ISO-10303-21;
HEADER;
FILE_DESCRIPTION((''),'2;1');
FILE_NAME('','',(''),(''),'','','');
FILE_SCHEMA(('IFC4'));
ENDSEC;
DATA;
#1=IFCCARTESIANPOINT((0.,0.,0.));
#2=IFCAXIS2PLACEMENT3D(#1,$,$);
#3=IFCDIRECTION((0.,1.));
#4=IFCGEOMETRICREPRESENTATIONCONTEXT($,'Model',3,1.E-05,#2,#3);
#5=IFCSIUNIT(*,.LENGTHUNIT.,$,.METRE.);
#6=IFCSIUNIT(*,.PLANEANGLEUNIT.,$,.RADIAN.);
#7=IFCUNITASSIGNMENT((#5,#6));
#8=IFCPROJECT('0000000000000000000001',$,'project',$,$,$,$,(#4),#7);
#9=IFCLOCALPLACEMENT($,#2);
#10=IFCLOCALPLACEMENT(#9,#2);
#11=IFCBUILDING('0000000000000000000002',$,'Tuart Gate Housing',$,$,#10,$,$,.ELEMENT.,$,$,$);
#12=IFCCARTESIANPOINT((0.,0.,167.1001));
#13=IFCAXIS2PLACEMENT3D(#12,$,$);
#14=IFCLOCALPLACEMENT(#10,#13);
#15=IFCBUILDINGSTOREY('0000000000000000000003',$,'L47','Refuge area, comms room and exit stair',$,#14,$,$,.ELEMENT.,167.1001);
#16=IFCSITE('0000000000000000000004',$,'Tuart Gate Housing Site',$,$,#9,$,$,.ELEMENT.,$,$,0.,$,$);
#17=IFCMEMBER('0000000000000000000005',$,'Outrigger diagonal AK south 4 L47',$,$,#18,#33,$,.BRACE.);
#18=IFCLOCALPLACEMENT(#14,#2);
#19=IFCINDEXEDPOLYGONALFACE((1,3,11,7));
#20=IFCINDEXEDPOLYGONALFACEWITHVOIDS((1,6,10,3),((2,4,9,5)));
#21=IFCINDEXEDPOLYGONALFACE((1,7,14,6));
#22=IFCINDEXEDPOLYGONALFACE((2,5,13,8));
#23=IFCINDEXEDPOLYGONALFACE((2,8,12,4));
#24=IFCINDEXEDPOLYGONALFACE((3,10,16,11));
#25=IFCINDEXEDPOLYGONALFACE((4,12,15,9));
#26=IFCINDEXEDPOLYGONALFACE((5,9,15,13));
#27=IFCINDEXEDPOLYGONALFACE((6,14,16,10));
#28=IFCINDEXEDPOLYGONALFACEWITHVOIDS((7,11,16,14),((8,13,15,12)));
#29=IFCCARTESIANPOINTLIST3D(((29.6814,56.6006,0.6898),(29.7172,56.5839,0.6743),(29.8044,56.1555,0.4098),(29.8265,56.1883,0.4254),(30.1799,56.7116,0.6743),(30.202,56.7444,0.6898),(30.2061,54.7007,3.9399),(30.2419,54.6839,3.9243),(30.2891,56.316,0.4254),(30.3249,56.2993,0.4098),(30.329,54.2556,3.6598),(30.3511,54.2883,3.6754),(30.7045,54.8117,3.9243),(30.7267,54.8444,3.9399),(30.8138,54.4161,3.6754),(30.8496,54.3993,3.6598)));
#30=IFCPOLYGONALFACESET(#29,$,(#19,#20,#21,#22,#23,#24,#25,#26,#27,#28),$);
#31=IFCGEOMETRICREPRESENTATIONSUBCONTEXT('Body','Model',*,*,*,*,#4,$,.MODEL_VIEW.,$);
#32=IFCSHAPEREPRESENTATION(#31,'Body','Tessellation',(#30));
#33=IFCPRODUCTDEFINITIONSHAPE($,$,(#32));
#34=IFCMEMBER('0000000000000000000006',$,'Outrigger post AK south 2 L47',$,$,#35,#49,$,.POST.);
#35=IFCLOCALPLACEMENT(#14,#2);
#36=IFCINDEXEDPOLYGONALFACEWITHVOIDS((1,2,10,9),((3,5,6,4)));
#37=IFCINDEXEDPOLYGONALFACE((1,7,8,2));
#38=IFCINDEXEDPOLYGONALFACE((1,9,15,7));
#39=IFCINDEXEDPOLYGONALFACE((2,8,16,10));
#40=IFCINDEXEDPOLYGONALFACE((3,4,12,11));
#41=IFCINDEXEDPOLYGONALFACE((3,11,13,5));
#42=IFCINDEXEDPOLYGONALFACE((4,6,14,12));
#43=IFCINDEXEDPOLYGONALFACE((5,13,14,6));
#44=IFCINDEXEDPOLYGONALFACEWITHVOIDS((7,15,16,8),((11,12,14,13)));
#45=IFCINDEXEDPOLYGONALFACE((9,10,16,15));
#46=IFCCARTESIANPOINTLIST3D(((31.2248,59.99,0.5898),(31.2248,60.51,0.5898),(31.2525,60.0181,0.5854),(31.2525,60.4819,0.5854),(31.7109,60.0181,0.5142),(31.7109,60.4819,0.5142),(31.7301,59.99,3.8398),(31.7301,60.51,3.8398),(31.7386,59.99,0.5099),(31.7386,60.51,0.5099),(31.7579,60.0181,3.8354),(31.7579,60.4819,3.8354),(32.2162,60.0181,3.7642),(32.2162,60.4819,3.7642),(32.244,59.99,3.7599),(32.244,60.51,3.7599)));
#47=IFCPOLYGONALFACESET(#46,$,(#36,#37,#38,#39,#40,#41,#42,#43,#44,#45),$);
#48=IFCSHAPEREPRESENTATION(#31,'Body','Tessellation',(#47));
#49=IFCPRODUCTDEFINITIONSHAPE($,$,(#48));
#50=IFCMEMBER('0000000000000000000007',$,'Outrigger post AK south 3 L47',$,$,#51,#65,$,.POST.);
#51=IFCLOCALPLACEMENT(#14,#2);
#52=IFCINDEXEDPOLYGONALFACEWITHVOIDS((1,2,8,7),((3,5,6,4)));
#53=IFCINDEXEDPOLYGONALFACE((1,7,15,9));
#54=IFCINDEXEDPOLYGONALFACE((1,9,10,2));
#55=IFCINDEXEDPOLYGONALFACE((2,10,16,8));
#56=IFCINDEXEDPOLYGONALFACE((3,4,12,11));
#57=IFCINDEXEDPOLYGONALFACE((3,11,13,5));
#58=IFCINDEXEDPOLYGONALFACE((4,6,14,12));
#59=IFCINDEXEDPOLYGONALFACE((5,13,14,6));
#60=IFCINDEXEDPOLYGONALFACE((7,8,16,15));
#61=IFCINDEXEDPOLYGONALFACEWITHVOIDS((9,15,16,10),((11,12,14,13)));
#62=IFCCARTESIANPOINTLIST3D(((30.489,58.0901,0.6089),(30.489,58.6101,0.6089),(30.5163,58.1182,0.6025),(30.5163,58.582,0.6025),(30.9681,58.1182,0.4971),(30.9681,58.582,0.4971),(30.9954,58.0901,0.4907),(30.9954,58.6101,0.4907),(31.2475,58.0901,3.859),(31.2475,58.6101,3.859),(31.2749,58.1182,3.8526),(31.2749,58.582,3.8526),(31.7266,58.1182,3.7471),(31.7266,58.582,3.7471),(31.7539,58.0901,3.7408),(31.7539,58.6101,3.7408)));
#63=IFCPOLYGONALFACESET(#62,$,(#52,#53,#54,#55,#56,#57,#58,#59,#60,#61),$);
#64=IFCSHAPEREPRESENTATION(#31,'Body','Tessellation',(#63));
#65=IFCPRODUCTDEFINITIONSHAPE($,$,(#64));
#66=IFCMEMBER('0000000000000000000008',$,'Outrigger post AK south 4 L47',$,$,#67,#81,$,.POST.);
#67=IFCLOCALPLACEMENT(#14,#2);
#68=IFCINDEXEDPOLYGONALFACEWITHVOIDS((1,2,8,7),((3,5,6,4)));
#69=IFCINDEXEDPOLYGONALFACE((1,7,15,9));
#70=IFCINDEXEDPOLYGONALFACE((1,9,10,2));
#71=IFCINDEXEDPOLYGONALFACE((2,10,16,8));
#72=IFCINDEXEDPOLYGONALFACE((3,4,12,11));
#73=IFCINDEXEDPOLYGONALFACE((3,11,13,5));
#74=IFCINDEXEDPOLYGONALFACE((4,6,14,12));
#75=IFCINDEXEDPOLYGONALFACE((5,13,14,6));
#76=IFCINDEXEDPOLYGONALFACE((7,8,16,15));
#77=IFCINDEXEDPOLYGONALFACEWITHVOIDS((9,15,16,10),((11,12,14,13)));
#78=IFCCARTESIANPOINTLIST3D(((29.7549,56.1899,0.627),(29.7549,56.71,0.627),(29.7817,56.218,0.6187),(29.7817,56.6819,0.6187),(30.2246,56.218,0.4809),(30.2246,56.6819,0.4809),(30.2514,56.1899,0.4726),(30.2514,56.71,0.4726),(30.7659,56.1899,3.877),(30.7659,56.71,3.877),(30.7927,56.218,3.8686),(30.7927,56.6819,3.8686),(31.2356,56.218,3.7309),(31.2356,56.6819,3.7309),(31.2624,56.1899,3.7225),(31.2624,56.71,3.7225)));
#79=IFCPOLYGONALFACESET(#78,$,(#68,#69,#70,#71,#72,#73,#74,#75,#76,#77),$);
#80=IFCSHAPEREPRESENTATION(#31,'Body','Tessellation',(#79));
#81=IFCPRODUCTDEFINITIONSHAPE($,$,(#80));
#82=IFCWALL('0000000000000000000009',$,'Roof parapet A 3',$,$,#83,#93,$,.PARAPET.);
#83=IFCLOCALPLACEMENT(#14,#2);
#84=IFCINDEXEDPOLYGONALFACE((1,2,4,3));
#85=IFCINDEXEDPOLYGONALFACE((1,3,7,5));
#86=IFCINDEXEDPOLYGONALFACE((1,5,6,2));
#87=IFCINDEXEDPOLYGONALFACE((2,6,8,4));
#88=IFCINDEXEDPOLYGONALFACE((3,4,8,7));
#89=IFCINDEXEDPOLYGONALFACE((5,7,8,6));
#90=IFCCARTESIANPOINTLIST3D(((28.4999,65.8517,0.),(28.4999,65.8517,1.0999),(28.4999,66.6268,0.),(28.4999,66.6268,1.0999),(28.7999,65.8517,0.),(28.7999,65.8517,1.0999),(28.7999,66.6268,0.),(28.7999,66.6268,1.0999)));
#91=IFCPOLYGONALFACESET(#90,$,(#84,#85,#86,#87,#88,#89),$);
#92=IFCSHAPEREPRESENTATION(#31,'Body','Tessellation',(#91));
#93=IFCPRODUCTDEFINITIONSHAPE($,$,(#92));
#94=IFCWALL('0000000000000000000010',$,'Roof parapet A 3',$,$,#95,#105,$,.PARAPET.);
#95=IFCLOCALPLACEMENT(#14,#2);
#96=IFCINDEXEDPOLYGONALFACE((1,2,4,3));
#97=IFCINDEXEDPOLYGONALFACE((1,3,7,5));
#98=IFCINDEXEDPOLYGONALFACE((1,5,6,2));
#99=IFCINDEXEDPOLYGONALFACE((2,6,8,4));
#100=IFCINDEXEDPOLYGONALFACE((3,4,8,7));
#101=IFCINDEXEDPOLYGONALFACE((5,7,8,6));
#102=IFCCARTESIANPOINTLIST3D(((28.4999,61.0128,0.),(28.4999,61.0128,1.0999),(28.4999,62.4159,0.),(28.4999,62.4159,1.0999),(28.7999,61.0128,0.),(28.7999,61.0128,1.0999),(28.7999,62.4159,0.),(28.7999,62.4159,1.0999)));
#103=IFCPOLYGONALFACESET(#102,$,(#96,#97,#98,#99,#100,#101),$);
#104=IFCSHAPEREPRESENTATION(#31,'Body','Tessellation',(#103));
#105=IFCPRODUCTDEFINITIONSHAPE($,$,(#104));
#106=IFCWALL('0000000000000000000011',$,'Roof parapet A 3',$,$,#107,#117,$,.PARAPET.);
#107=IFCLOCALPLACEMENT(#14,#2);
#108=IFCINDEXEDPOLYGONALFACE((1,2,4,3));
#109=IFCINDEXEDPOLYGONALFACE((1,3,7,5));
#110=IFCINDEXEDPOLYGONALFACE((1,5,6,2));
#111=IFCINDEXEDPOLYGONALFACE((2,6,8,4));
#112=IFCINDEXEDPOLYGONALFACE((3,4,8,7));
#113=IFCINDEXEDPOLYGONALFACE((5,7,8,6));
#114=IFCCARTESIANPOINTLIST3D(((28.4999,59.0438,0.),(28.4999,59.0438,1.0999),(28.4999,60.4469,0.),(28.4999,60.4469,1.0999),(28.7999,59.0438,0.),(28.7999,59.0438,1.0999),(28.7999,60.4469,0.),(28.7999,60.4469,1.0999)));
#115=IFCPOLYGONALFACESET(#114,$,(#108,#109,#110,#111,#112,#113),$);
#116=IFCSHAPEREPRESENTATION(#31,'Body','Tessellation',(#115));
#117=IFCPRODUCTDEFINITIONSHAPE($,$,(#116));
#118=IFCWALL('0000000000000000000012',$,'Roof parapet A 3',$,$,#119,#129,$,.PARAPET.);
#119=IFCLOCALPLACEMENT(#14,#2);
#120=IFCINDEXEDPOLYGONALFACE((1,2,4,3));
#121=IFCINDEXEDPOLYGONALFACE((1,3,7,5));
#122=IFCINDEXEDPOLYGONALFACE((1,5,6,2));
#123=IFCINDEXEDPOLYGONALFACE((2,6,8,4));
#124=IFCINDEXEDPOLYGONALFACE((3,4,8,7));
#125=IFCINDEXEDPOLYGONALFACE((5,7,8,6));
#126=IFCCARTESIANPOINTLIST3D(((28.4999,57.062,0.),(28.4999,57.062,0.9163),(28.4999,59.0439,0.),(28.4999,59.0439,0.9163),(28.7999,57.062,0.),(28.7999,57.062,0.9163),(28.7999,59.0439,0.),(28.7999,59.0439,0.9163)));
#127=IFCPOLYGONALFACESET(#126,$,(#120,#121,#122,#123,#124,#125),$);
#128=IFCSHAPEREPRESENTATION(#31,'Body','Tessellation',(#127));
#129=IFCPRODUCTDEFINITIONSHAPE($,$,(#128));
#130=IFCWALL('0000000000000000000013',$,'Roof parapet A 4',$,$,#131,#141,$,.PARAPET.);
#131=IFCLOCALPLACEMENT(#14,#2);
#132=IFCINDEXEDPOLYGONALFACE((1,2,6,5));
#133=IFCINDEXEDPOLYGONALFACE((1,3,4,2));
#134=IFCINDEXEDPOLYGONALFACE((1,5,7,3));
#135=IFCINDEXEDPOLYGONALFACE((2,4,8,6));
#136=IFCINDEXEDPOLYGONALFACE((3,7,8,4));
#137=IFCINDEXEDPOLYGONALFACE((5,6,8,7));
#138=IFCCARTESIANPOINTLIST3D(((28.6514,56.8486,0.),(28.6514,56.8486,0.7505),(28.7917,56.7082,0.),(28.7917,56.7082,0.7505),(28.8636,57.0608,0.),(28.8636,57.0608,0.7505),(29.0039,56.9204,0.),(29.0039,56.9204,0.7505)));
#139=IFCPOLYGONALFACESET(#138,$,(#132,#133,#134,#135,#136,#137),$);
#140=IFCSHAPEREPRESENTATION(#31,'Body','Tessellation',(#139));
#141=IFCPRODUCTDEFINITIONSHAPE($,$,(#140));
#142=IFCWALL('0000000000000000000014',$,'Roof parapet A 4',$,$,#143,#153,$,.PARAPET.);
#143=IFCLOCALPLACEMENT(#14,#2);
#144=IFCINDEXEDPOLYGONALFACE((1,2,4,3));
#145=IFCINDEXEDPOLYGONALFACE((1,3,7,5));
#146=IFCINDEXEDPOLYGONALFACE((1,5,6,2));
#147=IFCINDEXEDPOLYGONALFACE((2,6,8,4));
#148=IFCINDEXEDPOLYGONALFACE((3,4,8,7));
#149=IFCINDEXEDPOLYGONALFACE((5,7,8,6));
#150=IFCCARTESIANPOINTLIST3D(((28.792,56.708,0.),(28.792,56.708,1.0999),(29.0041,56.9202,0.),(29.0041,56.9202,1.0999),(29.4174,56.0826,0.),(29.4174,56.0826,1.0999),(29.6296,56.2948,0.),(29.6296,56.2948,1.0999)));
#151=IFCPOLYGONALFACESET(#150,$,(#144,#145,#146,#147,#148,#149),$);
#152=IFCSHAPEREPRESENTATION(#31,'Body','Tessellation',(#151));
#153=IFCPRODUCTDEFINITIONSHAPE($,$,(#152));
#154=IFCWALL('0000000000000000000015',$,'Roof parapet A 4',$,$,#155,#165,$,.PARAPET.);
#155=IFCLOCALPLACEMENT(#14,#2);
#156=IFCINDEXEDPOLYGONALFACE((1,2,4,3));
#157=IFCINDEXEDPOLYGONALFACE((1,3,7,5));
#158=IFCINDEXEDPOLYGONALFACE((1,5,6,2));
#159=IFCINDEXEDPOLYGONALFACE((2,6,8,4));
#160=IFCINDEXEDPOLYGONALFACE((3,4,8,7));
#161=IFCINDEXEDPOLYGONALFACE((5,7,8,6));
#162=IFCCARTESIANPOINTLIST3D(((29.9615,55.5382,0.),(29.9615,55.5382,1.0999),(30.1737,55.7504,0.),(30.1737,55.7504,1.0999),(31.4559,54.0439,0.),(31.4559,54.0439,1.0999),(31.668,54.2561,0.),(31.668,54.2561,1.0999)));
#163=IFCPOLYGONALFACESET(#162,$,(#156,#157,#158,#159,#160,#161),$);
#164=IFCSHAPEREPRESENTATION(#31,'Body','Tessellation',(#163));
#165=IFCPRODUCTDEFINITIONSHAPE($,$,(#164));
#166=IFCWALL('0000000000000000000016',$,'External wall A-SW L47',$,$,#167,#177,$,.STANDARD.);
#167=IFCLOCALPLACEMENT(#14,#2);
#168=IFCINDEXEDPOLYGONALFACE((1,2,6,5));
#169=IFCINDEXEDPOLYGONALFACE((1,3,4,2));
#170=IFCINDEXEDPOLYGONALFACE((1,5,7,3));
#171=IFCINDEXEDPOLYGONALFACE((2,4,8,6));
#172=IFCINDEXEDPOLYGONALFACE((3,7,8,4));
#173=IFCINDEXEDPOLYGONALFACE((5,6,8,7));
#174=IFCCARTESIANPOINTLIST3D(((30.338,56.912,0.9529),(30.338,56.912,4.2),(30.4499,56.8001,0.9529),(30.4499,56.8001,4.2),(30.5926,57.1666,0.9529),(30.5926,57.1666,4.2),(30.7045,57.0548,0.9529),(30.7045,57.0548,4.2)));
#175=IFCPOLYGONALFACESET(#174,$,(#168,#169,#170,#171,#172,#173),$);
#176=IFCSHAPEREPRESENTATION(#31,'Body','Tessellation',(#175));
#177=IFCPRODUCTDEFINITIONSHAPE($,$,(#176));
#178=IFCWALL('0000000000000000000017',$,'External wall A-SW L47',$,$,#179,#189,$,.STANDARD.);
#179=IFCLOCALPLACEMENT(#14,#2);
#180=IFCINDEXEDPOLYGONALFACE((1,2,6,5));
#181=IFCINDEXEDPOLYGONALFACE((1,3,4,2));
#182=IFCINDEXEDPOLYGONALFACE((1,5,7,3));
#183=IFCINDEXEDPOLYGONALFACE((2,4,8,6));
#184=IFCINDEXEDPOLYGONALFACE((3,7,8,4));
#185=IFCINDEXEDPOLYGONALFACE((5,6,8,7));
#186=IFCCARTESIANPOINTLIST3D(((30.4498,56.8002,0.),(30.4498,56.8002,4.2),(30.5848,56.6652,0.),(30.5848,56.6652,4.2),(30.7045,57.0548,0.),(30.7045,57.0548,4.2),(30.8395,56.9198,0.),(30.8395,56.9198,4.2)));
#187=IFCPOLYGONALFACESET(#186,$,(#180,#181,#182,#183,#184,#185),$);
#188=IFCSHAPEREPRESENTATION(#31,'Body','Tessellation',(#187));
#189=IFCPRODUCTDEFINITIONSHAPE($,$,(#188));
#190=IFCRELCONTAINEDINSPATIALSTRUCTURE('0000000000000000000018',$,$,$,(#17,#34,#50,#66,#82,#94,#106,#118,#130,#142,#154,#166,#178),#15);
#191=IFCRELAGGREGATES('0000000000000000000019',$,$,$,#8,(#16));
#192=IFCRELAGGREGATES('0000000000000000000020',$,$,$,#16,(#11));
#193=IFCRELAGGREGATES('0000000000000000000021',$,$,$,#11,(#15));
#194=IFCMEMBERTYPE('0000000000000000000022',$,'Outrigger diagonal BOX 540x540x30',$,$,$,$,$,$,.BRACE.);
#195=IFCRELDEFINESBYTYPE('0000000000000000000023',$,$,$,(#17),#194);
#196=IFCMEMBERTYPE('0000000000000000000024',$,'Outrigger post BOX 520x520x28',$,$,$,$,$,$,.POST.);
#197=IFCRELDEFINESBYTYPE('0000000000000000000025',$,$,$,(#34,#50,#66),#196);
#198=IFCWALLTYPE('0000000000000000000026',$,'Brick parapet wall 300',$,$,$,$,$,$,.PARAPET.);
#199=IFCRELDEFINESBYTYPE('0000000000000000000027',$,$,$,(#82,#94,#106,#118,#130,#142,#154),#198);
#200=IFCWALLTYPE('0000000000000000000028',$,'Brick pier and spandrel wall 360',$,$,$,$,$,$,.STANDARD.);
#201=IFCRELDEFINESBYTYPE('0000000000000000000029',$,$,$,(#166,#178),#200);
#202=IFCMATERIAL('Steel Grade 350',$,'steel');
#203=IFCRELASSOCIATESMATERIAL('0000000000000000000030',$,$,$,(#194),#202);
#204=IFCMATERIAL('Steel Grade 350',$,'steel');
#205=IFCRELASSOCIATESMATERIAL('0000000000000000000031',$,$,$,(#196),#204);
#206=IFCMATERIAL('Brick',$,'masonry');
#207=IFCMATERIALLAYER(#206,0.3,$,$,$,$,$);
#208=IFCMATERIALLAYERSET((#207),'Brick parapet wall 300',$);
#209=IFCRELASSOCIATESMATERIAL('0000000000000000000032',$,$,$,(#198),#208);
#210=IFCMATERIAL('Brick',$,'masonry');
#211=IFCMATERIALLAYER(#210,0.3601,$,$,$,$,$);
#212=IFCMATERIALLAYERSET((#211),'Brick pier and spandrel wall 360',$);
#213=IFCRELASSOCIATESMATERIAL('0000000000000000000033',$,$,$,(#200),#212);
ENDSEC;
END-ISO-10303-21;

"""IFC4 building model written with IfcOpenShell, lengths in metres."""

from ifc_helpers import new_model, si_unit, direction, frame, frame_2d, origin, origin_2d, place, context, subcontext, project, spatial, rectangle, hollow_rectangle, extrude, material, layer, layer_set, material_profile, profile_set, type_object, element, save


model = new_model("IFC4")

# Units and contexts
model_context = context("Model", 3, precision=1e-05, world=origin(), true_north=direction((0.0, 1.0)))
body_context = subcontext(model_context, "Body", "Model", "MODEL_VIEW")
ifc_project = project(units=[si_unit("LENGTHUNIT", "METRE"), si_unit("PLANEANGLEUNIT", "RADIAN")], contexts=[model_context])

# Site, building, storey
site_placement = place(None, origin())
site = spatial("IfcSite", under=ifc_project, at=site_placement, Name="Tuart Gate Housing Site", CompositionType="ELEMENT", RefElevation=0.0)
building_placement = place(site_placement, origin())
building = spatial("IfcBuilding", under=site, at=building_placement, Name="Tuart Gate Housing", CompositionType="ELEMENT")
storey_placement = place(building_placement, frame((0.0, 0.0, 167.1001)))
storey = spatial("IfcBuildingStorey", under=building, at=storey_placement, Name="L47", Description="Refuge area, comms room and exit stair", CompositionType="ELEMENT", Elevation=167.1001)

# Members
ifc_material_1 = material(Name="Steel Grade 350", Category="steel")
ifc_material_profile_1 = material_profile(ifc_material_1, hollow_rectangle(XDim=0.54, YDim=0.54, WallThickness=0.03, at=origin_2d()), Name="BOX 540x540x30")
ifc_profile_set_1 = profile_set([ifc_material_profile_1], Name="Steel Grade 350")
member_type_1 = type_object("IfcMemberType", Name="Outrigger diagonal BOX 540x540x30", PredefinedType="BRACE", material=ifc_profile_set_1)
member_1_placement = place(storey_placement, frame((30.0032, 56.45, 0.5498), z_axis=(0.138033, -0.499846, 0.855044), x_axis=(0.963921, 0.266187, 0.0)))
element("IfcMember", 1, at=member_1_placement, inside=storey, type_object=member_type_1, Name="Outrigger diagonal AK south 4 L47", PredefinedType="BRACE", context=body_context, shape_type="SweptSolid", body=[
    extrude(hollow_rectangle(XDim=0.54, YDim=0.54, WallThickness=0.03, at=origin_2d()), origin(), (0.0, 0.0, 1.0), 3.801),
])
ifc_material_2 = material(Name="Steel Grade 350", Category="steel")
ifc_material_profile_2 = material_profile(ifc_material_2, hollow_rectangle(XDim=0.52, YDim=0.52, WallThickness=0.0281, at=origin_2d()), Name="BOX 520x520x28")
ifc_profile_set_2 = profile_set([ifc_material_profile_2], Name="Steel Grade 350")
member_type_2 = type_object("IfcMemberType", Name="Outrigger post BOX 520x520x28", PredefinedType="POST", material=ifc_profile_set_2)
member_2_placement = place(storey_placement, frame((31.4817, 60.25, 0.5498), z_axis=(0.153652, 0.0, 0.988125), x_axis=(0.0, 1.0, 0.0)))
element("IfcMember", 2, at=member_2_placement, inside=storey, type_object=member_type_2, Name="Outrigger post AK south 2 L47", PredefinedType="POST", context=body_context, shape_type="SweptSolid", body=[
    extrude(hollow_rectangle(XDim=0.52, YDim=0.52, WallThickness=0.0281, at=origin_2d()), origin(), (0.0, 0.0, 1.0), 3.2891),
])
member_3_placement = place(storey_placement, frame((30.7422, 58.3501, 0.5498), z_axis=(0.22729, 0.0, 0.973827), x_axis=(0.0, 1.0, 0.0)))
element("IfcMember", 3, at=member_3_placement, inside=storey, type_object=member_type_2, Name="Outrigger post AK south 3 L47", PredefinedType="POST", context=body_context, shape_type="SweptSolid", body=[
    extrude(hollow_rectangle(XDim=0.52, YDim=0.52, WallThickness=0.0281, at=origin_2d()), origin(), (0.0, 0.0, 1.0), 3.3374),
])
member_4_placement = place(storey_placement, frame((30.0032, 56.45, 0.5498), z_axis=(0.297033, 0.0, 0.954867), x_axis=(0.0, 1.0, 0.0)))
element("IfcMember", 4, at=member_4_placement, inside=storey, type_object=member_type_2, Name="Outrigger post AK south 4 L47", PredefinedType="POST", context=body_context, shape_type="SweptSolid", body=[
    extrude(hollow_rectangle(XDim=0.52, YDim=0.52, WallThickness=0.0281, at=origin_2d()), origin(), (0.0, 0.0, 1.0), 3.4036),
])

# Walls
ifc_material_3 = material(Name="Brick", Category="masonry")
ifc_layer_1 = layer(ifc_material_3, 0.3)
ifc_layer_set_1 = layer_set([ifc_layer_1], Name="Brick parapet wall 300")
wall_type_1 = type_object("IfcWallType", Name="Brick parapet wall 300", PredefinedType="PARAPET", material=ifc_layer_set_1)
wall_1_placement = place(storey_placement, frame((28.6499, 66.627, 0.0), z_axis=(0.0, 0.0, 1.0), x_axis=(0.0, -1.0, 0.0)))
element("IfcWall", 5, at=wall_1_placement, inside=storey, type_object=wall_type_1, Name="Roof parapet A 3", PredefinedType="PARAPET", context=body_context, shape_type="SweptSolid", body=[
    extrude(rectangle(XDim=0.7751, YDim=0.3, at=frame_2d((0.3877, 0.0))), origin(), (0.0, 0.0, 1.0), 1.0999),
])
for number, where, z_axis, x_axis, name in (
    (6, (28.6499, 62.416, 0.0), (0.0, 0.0, 1.0), (0.0, -1.0, 0.0), "Roof parapet A 3"),
    (7, (28.6499, 60.447, 0.0), (0.0, 0.0, 1.0), (0.0, -1.0, 0.0), "Roof parapet A 3"),
):
    element("IfcWall", number, at=place(storey_placement, frame(where, z_axis=z_axis, x_axis=x_axis)), inside=storey, type_object=wall_type_1, Name=name, PredefinedType="PARAPET", context=body_context, shape_type="SweptSolid", body=[
        extrude(rectangle(XDim=1.4031, YDim=0.3, at=frame_2d((0.7017, 0.0))), origin(), (0.0, 0.0, 1.0), 1.0999),
    ])
wall_2_placement = place(storey_placement, frame((28.6499, 59.0439, 0.0), z_axis=(0.0, 0.0, 1.0), x_axis=(0.0, -1.0, 0.0)))
element("IfcWall", 8, at=wall_2_placement, inside=storey, type_object=wall_type_1, Name="Roof parapet A 3", PredefinedType="PARAPET", context=body_context, shape_type="SweptSolid", body=[
    extrude(rectangle(XDim=1.9819, YDim=0.3, at=frame_2d((0.991, 0.0))), origin(), (0.0, 0.0, 1.0), 0.9163),
])
wall_3_placement = place(storey_placement, frame((28.7576, 56.9546, 0.0), z_axis=(0.0, 0.0, 1.0), x_axis=(0.707107, -0.707107, 0.0)))
element("IfcWall", 9, at=wall_3_placement, inside=storey, type_object=wall_type_1, Name="Roof parapet A 4", PredefinedType="PARAPET", context=body_context, shape_type="SweptSolid", body=[
    extrude(rectangle(XDim=0.1985, YDim=0.3, at=frame_2d((0.0991, 0.0))), origin(), (0.0, 0.0, 1.0), 0.7505),
])
wall_4_placement = place(storey_placement, frame((28.8979, 56.8142, 0.0), z_axis=(0.0, 0.0, 1.0), x_axis=(0.707107, -0.707107, 0.0)))
element("IfcWall", 10, at=wall_4_placement, inside=storey, type_object=wall_type_1, Name="Roof parapet A 4", PredefinedType="PARAPET", context=body_context, shape_type="SweptSolid", body=[
    extrude(rectangle(XDim=0.8845, YDim=0.3, at=frame_2d((0.4424, 0.0))), origin(), (0.0, 0.0, 1.0), 1.0999),
])
wall_5_placement = place(storey_placement, frame((30.0676, 55.6443, 0.0), z_axis=(0.0, 0.0, 1.0), x_axis=(0.707107, -0.707107, 0.0)))
element("IfcWall", 11, at=wall_5_placement, inside=storey, type_object=wall_type_1, Name="Roof parapet A 4", PredefinedType="PARAPET", context=body_context, shape_type="SweptSolid", body=[
    extrude(rectangle(XDim=2.1133, YDim=0.3, at=frame_2d((1.0566, 0.0))), origin(), (0.0, 0.0, 1.0), 1.0999),
])
ifc_material_4 = material(Name="Brick", Category="masonry")
ifc_layer_2 = layer(ifc_material_4, 0.3601)
ifc_layer_set_2 = layer_set([ifc_layer_2], Name="Brick pier and spandrel wall 360")
wall_type_2 = type_object("IfcWallType", Name="Brick pier and spandrel wall 360", PredefinedType="STANDARD", material=ifc_layer_set_2)
wall_6_placement = place(storey_placement, frame((30.4653, 57.0393, 0.9529), z_axis=(0.0, 0.0, 1.0), x_axis=(0.707107, -0.707107, 0.0)))
element("IfcWall", 12, at=wall_6_placement, inside=storey, type_object=wall_type_2, Name="External wall A-SW L47", PredefinedType="STANDARD", context=body_context, shape_type="SweptSolid", body=[
    extrude(rectangle(XDim=0.1582, YDim=0.3601, at=frame_2d((0.0791, 0.0))), origin(), (0.0, 0.0, 1.0), 3.2471),
])
wall_7_placement = place(storey_placement, frame((30.5771, 56.9275, 0.0), z_axis=(0.0, 0.0, 1.0), x_axis=(0.707107, -0.707107, 0.0)))
element("IfcWall", 13, at=wall_7_placement, inside=storey, type_object=wall_type_2, Name="External wall A-SW L47", PredefinedType="STANDARD", context=body_context, shape_type="SweptSolid", body=[
    extrude(rectangle(XDim=0.1909, YDim=0.3601, at=frame_2d((0.0955, 0.0))), origin(), (0.0, 0.0, 1.0), 4.2),
])

save(model, "model.ifc")
